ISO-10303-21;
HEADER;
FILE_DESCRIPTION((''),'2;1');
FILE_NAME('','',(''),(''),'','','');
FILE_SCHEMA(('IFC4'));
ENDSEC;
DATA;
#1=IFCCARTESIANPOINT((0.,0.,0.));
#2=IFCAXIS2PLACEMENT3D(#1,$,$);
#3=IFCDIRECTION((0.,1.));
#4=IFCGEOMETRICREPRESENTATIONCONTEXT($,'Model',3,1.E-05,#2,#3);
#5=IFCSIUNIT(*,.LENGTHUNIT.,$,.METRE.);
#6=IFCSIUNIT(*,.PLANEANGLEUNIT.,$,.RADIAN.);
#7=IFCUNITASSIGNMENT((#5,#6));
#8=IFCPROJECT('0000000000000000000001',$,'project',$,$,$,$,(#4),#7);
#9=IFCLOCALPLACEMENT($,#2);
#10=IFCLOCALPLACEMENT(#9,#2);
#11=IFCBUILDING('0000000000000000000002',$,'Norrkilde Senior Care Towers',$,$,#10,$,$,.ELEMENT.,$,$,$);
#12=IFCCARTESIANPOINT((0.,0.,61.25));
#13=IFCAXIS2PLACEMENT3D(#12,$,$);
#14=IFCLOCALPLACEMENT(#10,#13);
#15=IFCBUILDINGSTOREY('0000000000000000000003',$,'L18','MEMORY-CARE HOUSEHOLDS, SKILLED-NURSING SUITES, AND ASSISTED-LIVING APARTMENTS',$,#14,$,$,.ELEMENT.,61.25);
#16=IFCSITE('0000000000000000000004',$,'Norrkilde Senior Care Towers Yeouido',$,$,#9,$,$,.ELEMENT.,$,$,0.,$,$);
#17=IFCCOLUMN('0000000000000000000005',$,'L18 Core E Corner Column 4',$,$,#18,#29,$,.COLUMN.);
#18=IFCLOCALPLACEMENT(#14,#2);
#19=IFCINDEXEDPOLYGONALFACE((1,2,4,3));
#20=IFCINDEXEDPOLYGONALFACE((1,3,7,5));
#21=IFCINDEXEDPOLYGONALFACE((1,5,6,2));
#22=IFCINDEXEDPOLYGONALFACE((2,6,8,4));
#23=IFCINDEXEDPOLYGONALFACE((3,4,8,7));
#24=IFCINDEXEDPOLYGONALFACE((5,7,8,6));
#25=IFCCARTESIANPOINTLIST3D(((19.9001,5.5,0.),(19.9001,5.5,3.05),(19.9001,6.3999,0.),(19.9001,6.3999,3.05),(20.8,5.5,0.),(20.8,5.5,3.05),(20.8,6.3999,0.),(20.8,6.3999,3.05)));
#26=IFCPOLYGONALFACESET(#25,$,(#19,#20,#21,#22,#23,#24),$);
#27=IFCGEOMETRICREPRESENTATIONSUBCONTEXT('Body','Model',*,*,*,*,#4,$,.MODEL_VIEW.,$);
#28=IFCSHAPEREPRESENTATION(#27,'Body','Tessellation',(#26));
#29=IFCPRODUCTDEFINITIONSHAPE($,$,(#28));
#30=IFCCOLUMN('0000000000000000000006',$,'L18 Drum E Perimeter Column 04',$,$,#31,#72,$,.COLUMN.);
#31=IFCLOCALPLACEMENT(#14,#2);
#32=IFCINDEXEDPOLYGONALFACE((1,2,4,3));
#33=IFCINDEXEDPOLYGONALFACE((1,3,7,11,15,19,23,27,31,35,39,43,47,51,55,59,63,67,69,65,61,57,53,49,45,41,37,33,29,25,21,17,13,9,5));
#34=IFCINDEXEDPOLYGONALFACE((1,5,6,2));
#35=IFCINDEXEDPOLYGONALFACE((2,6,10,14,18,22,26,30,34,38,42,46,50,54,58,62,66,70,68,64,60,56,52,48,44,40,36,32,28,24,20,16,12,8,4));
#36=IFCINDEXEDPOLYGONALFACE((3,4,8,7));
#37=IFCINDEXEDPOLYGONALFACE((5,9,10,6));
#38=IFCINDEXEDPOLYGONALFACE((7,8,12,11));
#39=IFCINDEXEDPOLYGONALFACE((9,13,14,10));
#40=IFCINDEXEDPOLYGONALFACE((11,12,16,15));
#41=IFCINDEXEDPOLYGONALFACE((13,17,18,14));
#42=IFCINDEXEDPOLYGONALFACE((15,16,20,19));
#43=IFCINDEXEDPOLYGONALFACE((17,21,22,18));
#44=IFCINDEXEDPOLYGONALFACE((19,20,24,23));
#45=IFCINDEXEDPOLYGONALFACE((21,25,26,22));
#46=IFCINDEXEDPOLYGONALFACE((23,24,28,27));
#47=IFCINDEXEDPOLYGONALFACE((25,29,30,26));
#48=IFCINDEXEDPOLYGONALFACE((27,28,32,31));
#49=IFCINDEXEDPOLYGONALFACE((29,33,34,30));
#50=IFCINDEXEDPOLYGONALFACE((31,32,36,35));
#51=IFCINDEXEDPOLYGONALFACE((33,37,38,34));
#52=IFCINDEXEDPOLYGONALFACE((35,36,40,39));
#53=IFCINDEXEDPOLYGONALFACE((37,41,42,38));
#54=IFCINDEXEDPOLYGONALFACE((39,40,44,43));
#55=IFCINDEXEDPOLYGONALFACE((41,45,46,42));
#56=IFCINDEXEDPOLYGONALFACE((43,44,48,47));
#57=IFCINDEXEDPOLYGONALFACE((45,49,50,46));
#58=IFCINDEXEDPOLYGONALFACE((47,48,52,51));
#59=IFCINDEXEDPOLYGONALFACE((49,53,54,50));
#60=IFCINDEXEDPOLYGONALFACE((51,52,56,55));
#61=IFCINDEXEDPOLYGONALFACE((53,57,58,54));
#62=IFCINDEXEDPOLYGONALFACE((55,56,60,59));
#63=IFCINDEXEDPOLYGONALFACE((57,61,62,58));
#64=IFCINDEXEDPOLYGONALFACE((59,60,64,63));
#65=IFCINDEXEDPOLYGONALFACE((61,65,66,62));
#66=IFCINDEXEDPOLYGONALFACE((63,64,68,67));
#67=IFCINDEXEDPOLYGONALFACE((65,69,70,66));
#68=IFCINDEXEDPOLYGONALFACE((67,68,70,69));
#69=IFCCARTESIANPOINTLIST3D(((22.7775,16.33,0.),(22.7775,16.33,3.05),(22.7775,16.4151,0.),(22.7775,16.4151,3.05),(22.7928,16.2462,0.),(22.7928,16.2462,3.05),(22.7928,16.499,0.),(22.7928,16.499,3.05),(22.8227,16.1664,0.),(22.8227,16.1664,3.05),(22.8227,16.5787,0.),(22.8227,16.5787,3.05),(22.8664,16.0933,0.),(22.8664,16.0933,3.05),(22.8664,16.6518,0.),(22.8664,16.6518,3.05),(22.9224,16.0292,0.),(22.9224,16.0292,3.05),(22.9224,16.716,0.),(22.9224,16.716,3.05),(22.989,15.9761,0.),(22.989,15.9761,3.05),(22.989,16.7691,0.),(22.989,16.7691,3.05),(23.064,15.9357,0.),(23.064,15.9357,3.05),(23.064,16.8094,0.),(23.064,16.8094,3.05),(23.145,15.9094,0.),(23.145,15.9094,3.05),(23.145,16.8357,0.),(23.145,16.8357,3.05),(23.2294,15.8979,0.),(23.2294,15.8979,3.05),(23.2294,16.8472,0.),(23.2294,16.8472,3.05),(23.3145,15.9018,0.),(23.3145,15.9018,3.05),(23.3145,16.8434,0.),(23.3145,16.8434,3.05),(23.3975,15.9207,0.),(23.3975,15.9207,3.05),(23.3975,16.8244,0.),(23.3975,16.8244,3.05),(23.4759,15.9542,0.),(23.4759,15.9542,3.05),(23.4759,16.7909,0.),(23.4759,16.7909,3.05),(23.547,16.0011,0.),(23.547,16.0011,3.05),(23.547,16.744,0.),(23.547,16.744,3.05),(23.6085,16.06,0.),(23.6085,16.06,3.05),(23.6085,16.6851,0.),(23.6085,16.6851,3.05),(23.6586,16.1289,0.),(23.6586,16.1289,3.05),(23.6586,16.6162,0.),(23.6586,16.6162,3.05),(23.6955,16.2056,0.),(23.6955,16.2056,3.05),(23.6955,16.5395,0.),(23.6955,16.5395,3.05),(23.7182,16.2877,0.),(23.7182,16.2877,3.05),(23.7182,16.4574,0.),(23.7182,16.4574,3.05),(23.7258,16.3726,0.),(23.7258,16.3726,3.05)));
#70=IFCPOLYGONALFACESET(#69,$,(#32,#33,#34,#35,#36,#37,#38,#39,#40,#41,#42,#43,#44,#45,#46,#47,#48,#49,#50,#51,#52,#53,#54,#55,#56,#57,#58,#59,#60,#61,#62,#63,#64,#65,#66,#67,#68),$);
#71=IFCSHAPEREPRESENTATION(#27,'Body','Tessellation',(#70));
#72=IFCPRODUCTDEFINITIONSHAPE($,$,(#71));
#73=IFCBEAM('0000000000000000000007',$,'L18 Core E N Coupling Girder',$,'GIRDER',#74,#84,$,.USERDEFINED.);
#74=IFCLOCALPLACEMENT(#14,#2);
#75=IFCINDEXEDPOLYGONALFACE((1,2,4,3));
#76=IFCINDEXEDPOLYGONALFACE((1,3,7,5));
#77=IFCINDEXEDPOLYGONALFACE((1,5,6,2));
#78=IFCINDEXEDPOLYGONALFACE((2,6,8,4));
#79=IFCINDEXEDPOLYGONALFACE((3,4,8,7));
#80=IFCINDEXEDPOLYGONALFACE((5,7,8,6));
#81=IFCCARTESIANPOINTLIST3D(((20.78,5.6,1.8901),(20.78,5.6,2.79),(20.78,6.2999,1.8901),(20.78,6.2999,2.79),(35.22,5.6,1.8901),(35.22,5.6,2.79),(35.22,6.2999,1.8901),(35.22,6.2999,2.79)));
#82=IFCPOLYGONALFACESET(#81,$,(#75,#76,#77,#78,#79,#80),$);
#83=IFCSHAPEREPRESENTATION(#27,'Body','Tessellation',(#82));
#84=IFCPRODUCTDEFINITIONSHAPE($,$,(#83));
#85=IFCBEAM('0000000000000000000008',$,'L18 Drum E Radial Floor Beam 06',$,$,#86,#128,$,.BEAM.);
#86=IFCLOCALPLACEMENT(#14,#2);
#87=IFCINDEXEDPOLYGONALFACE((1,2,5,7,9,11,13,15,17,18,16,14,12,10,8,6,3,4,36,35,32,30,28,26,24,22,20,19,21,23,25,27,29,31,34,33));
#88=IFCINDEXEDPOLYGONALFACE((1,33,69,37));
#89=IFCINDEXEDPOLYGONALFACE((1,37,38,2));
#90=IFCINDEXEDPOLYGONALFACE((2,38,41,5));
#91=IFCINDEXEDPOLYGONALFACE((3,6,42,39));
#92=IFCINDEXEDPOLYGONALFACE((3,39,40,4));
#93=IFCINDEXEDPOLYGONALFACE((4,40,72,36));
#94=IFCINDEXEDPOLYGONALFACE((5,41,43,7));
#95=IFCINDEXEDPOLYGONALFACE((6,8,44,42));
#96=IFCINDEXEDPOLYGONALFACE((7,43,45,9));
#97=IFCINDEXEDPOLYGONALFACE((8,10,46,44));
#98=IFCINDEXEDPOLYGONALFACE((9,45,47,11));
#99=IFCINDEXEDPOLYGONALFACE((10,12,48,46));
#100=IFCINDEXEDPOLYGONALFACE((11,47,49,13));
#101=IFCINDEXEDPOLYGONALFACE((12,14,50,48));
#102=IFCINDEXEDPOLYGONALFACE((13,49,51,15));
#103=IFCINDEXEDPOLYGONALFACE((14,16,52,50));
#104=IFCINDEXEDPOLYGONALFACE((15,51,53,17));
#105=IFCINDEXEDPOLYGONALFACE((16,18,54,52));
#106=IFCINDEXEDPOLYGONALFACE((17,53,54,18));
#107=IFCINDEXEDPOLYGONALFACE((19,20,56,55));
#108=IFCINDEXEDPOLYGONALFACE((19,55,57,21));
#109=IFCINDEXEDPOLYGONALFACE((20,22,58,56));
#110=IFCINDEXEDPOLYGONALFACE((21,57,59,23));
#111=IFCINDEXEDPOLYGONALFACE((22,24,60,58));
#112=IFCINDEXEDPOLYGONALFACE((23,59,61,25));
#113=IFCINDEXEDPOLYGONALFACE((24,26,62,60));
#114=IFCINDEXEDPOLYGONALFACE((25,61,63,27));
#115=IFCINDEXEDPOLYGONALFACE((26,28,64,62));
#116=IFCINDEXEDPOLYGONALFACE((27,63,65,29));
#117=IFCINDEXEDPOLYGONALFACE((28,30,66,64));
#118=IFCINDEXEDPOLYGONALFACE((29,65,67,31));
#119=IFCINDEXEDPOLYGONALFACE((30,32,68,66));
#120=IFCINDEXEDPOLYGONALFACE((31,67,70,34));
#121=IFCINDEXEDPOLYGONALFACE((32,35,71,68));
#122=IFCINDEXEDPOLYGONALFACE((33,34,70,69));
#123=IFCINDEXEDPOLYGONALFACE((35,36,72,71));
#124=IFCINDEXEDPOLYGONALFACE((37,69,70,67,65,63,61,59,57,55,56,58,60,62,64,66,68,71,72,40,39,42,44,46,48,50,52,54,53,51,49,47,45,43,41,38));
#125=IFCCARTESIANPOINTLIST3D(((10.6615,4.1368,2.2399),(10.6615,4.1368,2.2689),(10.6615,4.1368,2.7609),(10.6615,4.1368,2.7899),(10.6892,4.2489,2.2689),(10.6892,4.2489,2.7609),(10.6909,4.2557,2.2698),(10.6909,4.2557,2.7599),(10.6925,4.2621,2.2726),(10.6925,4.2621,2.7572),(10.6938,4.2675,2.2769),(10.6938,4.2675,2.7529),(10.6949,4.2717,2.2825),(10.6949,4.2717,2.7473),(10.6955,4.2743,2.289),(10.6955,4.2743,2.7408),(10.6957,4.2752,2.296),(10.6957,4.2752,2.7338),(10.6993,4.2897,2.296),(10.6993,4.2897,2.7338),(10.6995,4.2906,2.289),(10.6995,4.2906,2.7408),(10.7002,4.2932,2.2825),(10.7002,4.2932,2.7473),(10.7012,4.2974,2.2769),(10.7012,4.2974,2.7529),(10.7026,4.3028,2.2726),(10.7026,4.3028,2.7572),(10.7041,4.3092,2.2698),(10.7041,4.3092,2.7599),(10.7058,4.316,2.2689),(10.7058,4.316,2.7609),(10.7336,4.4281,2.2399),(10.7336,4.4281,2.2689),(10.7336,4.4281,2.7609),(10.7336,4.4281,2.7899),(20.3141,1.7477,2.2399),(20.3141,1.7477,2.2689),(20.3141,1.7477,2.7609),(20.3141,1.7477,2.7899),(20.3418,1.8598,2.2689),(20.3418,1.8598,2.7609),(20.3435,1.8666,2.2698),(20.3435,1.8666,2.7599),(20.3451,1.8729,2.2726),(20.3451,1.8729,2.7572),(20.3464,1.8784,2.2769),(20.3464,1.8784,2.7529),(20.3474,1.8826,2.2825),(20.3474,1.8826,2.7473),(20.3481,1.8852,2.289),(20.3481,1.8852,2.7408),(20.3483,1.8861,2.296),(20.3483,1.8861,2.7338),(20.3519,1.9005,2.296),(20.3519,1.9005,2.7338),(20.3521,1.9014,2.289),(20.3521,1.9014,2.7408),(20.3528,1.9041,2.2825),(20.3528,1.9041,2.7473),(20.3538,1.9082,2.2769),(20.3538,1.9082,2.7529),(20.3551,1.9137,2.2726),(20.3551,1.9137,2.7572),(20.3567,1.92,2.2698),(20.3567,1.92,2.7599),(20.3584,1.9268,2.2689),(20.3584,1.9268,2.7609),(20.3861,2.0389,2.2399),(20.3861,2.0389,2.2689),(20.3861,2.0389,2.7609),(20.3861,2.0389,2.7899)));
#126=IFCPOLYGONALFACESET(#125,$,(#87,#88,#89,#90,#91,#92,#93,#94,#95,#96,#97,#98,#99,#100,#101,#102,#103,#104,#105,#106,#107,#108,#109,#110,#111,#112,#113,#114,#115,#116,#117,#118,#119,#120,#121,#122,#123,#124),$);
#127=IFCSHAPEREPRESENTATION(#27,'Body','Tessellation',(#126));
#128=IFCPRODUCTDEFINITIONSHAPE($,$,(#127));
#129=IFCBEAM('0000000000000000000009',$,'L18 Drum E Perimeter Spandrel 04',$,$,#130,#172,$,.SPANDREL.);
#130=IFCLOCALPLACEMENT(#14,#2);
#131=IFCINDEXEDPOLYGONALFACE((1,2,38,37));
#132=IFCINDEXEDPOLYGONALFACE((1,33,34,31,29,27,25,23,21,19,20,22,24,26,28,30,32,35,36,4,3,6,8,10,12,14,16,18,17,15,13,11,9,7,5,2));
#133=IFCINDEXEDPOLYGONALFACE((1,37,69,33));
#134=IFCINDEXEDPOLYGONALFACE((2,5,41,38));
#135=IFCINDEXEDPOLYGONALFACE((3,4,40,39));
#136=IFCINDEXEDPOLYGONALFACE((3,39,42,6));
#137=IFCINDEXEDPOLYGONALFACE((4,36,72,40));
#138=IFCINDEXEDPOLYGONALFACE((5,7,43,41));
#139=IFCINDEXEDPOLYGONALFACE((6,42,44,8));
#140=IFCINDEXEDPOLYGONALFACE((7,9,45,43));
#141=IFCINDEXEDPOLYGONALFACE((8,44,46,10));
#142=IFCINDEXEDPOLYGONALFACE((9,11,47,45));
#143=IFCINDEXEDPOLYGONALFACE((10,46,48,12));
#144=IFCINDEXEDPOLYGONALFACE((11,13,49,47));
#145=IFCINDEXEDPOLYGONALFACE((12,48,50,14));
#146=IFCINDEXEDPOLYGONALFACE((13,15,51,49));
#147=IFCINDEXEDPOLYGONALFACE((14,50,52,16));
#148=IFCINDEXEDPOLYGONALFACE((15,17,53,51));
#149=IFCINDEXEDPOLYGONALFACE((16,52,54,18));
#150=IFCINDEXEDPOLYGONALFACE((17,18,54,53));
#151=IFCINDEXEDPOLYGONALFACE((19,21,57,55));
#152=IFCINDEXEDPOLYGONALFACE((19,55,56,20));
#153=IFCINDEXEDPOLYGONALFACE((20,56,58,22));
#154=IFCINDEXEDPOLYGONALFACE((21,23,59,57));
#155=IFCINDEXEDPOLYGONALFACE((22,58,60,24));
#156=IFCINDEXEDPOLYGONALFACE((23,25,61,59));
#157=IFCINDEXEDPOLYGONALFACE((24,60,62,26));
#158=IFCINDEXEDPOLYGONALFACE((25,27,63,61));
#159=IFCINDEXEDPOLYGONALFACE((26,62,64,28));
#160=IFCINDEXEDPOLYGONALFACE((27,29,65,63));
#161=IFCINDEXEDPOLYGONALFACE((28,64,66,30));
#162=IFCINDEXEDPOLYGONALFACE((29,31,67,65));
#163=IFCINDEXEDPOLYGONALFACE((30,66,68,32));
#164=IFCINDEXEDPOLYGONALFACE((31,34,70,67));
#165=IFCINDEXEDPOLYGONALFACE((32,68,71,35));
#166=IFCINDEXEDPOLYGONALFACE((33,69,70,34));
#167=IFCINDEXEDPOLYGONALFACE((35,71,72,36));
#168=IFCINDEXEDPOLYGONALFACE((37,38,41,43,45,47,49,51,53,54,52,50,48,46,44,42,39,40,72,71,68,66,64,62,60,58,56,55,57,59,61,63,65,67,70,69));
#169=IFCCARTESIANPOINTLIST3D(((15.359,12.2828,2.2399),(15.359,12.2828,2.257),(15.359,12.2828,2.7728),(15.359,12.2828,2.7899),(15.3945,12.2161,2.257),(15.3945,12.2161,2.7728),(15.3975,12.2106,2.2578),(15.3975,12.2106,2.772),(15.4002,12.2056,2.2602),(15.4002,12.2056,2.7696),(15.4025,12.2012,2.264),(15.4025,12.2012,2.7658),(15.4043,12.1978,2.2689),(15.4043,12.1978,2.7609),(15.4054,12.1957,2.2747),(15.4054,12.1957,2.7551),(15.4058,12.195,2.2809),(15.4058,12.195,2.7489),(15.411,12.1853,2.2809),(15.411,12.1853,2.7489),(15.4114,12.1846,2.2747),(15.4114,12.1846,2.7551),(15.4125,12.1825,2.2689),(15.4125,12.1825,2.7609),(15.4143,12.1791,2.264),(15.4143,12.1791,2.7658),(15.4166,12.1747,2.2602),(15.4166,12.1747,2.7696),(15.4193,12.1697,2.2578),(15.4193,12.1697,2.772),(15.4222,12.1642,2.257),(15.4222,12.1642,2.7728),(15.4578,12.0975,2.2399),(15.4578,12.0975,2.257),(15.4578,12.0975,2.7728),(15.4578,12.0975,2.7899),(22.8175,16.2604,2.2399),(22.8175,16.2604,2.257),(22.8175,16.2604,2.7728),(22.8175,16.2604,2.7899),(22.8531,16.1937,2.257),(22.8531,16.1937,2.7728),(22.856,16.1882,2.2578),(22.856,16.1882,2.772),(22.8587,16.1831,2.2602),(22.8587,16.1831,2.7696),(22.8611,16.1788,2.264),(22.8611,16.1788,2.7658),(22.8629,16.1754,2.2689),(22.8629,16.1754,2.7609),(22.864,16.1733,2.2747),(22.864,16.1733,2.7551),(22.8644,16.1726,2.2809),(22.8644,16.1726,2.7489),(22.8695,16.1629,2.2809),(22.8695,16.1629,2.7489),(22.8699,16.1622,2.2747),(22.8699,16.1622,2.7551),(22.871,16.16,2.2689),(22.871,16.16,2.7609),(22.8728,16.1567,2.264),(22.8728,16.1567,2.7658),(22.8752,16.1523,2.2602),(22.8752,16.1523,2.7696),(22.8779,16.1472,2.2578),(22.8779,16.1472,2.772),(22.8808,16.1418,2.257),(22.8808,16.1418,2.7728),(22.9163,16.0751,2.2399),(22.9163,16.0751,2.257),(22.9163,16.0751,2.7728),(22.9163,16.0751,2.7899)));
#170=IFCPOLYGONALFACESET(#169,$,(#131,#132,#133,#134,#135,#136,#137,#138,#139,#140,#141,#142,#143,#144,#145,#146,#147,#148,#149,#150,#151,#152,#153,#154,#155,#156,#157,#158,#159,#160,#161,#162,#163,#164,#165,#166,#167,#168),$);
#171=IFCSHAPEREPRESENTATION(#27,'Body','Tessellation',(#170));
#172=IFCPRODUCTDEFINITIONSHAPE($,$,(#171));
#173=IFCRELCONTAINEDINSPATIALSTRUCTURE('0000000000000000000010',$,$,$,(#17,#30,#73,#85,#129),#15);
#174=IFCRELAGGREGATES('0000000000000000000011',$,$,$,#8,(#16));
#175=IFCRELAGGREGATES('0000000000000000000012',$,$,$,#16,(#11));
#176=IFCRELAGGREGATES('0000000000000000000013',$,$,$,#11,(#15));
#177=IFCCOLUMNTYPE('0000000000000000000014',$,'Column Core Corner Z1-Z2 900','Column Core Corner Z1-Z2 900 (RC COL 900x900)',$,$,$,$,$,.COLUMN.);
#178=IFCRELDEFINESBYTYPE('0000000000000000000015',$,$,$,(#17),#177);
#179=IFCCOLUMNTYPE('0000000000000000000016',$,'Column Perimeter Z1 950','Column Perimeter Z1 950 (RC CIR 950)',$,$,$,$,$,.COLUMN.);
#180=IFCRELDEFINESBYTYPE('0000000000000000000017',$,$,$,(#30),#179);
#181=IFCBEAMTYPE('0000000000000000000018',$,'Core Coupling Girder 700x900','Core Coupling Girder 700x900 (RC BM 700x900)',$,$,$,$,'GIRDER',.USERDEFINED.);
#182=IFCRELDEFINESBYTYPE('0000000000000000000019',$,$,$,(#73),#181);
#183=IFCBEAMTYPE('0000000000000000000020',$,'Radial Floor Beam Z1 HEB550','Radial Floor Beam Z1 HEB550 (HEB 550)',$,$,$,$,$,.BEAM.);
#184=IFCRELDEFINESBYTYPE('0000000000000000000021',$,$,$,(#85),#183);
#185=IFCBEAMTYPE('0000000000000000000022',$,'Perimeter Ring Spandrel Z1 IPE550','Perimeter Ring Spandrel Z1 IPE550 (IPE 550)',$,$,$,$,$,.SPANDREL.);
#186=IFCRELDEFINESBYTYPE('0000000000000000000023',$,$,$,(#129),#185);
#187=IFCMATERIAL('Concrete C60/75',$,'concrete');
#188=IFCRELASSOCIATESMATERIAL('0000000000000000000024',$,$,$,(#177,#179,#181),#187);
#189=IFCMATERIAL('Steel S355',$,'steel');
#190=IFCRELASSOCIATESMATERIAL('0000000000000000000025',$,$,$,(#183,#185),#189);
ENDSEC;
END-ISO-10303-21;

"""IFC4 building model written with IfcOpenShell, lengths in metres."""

from ifc_helpers import new_model, si_unit, direction, frame, origin, origin_2d, place, context, subcontext, project, spatial, rectangle, circle, i_section, extrude, source, transform, mapped, material, material_profile, profile_set, type_object, type_shapes, element, save


model = new_model("IFC4")

# Units and contexts
model_context = context("Model", 3, precision=1e-05, world=origin(), true_north=direction((0.0, 1.0)))
body_context = subcontext(model_context, "Body", "Model", "MODEL_VIEW")
ifc_project = project(units=[si_unit("LENGTHUNIT", "METRE"), si_unit("PLANEANGLEUNIT", "RADIAN")], contexts=[model_context])

# Site, building, storey
site_placement = place(None, origin())
site = spatial("IfcSite", under=ifc_project, at=site_placement, Name="Norrkilde Senior Care Towers Yeouido", CompositionType="ELEMENT", RefElevation=0.0)
building_placement = place(site_placement, origin())
building = spatial("IfcBuilding", under=site, at=building_placement, Name="Norrkilde Senior Care Towers", CompositionType="ELEMENT")
storey_placement = place(building_placement, frame((0.0, 0.0, 61.25)))
storey = spatial("IfcBuildingStorey", under=building, at=storey_placement, Name="L18", Description="MEMORY-CARE HOUSEHOLDS, SKILLED-NURSING SUITES, AND ASSISTED-LIVING APARTMENTS", CompositionType="ELEMENT", Elevation=61.25)

# Columns
ifc_material_1 = material(Name="Concrete C60/75", Category="concrete")
ifc_material_profile_1 = material_profile(ifc_material_1, rectangle(XDim=0.8999, YDim=0.8999, at=origin_2d()), Name="RC COL 900x900")
ifc_profile_set_1 = profile_set([ifc_material_profile_1], Name="Concrete C60/75")
column_type_1 = type_object("IfcColumnType", Name="Column Core Corner Z1-Z2 900", Description="Column Core Corner Z1-Z2 900 (RC COL 900x900)", PredefinedType="COLUMN", material=ifc_profile_set_1)
shared_shape_1 = source(origin(), body_context, "Body", "SweptSolid", [
    extrude(rectangle(XDim=0.8999, YDim=0.8999, at=origin_2d()), origin(), (0.0, 0.0, 1.0), 3.05),
])
type_shapes(column_type_1, [shared_shape_1])
column_1_placement = place(storey_placement, frame((20.3501, 5.95, 0.0), z_axis=(0.0, 0.0, 1.0), x_axis=(1.0, 0.0, 0.0)))
element("IfcColumn", 1, at=column_1_placement, inside=storey, type_object=column_type_1, Name="L18 Core E Corner Column 4", PredefinedType="COLUMN", context=body_context, shape_type="MappedRepresentation", body=[
    mapped(shared_shape_1, transform((0.0, 0.0, 0.0), x_axis=(1.0, 0.0, 0.0), y_axis=(0.0, 1.0, 0.0), z_axis=(0.0, 0.0, 1.0), scale=1.0)),
])
ifc_material_profile_2 = material_profile(ifc_material_1, circle(Radius=0.4751, at=origin_2d()), Name="RC CIR 950")
ifc_profile_set_2 = profile_set([ifc_material_profile_2], Name="Concrete C60/75")
column_type_2 = type_object("IfcColumnType", Name="Column Perimeter Z1 950", Description="Column Perimeter Z1 950 (RC CIR 950)", PredefinedType="COLUMN", material=ifc_profile_set_2)
shared_shape_2 = source(origin(), body_context, "Body", "SweptSolid", [
    extrude(circle(Radius=0.4751, at=origin_2d()), origin(), (0.0, 0.0, 1.0), 3.05),
])
type_shapes(column_type_2, [shared_shape_2])
column_2_placement = place(storey_placement, frame((23.2507, 16.3726, 0.0), z_axis=(0.0, 0.0, 1.0), x_axis=(1.0, 0.0, 0.0)))
element("IfcColumn", 2, at=column_2_placement, inside=storey, type_object=column_type_2, Name="L18 Drum E Perimeter Column 04", PredefinedType="COLUMN", context=body_context, shape_type="MappedRepresentation", body=[
    mapped(shared_shape_2, transform((0.0, 0.0, 0.0), x_axis=(1.0, 0.0, 0.0), y_axis=(0.0, 1.0, 0.0), z_axis=(0.0, 0.0, 1.0), scale=1.0)),
])

# Beams
ifc_material_profile_3 = material_profile(ifc_material_1, rectangle(XDim=0.7, YDim=0.8999, at=origin_2d()), Name="RC BM 700x900")
ifc_profile_set_3 = profile_set([ifc_material_profile_3], Name="Concrete C60/75")
beam_type_1 = type_object("IfcBeamType", Name="Core Coupling Girder 700x900", Description="Core Coupling Girder 700x900 (RC BM 700x900)", ElementType="GIRDER", PredefinedType="USERDEFINED", material=ifc_profile_set_3)
shared_shape_3 = source(origin(), body_context, "Body", "SweptSolid", [
    extrude(rectangle(XDim=0.7, YDim=0.8999, at=origin_2d()), origin(), (0.0, 0.0, 1.0), 14.4399),
])
type_shapes(beam_type_1, [shared_shape_3])
beam_1_placement = place(storey_placement, frame((20.78, 5.95, 2.3401), z_axis=(1.0, 0.0, 0.0), x_axis=(0.0, 1.0, 0.0)))
element("IfcBeam", 3, at=beam_1_placement, inside=storey, type_object=beam_type_1, Name="L18 Core E N Coupling Girder", ObjectType="GIRDER", PredefinedType="USERDEFINED", context=body_context, shape_type="MappedRepresentation", body=[
    mapped(shared_shape_3, transform((0.0, 0.0, 0.0), x_axis=(1.0, 0.0, 0.0), y_axis=(0.0, 1.0, 0.0), z_axis=(0.0, 0.0, 1.0), scale=1.0)),
])
ifc_material_2 = material(Name="Steel S355", Category="steel")
ifc_material_profile_4 = material_profile(ifc_material_2, i_section(OverallWidth=0.3, OverallDepth=0.55, WebThickness=0.0149, FlangeThickness=0.0291, FilletRadius=0.0271, at=origin_2d()), Name="HEB 550")
ifc_profile_set_4 = profile_set([ifc_material_profile_4], Name="Steel S355")
beam_type_2 = type_object("IfcBeamType", Name="Radial Floor Beam Z1 HEB550", Description="Radial Floor Beam Z1 HEB550 (HEB 550)", PredefinedType="BEAM", material=ifc_profile_set_4)
shared_shape_4 = source(origin(), body_context, "Body", "SweptSolid", [
    extrude(i_section(OverallWidth=0.3, OverallDepth=0.55, WebThickness=0.0149, FlangeThickness=0.0291, FilletRadius=0.0271, at=origin_2d()), origin(), (0.0, 0.0, 1.0), 9.9438),
])
beam_2_placement = place(storey_placement, frame((20.3501, 1.8933, 2.5149), z_axis=(-0.970707, 0.240265, 0.0), x_axis=(-0.240265, -0.970707, 0.0)))
element("IfcBeam", 4, at=beam_2_placement, inside=storey, type_object=beam_type_2, Name="L18 Drum E Radial Floor Beam 06", PredefinedType="BEAM", context=body_context, shape_type="MappedRepresentation", body=[
    mapped(shared_shape_4, transform((0.0, 0.0, 0.0), x_axis=(1.0, 0.0, 0.0), y_axis=(0.0, 1.0, 0.0), z_axis=(0.0, 0.0, 1.0), scale=1.0)),
])
ifc_material_profile_5 = material_profile(ifc_material_2, i_section(OverallWidth=0.21, OverallDepth=0.55, WebThickness=0.011, FlangeThickness=0.0171, FilletRadius=0.0239, at=origin_2d()), Name="IPE 550")
ifc_profile_set_5 = profile_set([ifc_material_profile_5], Name="Steel S355")
beam_type_3 = type_object("IfcBeamType", Name="Perimeter Ring Spandrel Z1 IPE550", Description="Perimeter Ring Spandrel Z1 IPE550 (IPE 550)", PredefinedType="SPANDREL", material=ifc_profile_set_5)
shared_shape_5 = source(origin(), body_context, "Body", "SweptSolid", [
    extrude(i_section(OverallWidth=0.21, OverallDepth=0.55, WebThickness=0.011, FlangeThickness=0.0171, FilletRadius=0.0239, at=origin_2d()), origin(), (0.0, 0.0, 1.0), 8.4529),
])
type_shapes(beam_type_3, [shared_shape_5])
beam_3_placement = place(storey_placement, frame((22.8669, 16.1677, 2.5149), z_axis=(-0.882369, -0.470558, 0.0), x_axis=(0.470558, -0.882369, 0.0)))
element("IfcBeam", 5, at=beam_3_placement, inside=storey, type_object=beam_type_3, Name="L18 Drum E Perimeter Spandrel 04", PredefinedType="SPANDREL", context=body_context, shape_type="MappedRepresentation", body=[
    mapped(shared_shape_5, transform((0.0, 0.0, 0.0), x_axis=(1.0, 0.0, 0.0), y_axis=(0.0, 1.0, 0.0), z_axis=(0.0, 0.0, 1.0), scale=1.0)),
])

save(model, "model.ifc")
